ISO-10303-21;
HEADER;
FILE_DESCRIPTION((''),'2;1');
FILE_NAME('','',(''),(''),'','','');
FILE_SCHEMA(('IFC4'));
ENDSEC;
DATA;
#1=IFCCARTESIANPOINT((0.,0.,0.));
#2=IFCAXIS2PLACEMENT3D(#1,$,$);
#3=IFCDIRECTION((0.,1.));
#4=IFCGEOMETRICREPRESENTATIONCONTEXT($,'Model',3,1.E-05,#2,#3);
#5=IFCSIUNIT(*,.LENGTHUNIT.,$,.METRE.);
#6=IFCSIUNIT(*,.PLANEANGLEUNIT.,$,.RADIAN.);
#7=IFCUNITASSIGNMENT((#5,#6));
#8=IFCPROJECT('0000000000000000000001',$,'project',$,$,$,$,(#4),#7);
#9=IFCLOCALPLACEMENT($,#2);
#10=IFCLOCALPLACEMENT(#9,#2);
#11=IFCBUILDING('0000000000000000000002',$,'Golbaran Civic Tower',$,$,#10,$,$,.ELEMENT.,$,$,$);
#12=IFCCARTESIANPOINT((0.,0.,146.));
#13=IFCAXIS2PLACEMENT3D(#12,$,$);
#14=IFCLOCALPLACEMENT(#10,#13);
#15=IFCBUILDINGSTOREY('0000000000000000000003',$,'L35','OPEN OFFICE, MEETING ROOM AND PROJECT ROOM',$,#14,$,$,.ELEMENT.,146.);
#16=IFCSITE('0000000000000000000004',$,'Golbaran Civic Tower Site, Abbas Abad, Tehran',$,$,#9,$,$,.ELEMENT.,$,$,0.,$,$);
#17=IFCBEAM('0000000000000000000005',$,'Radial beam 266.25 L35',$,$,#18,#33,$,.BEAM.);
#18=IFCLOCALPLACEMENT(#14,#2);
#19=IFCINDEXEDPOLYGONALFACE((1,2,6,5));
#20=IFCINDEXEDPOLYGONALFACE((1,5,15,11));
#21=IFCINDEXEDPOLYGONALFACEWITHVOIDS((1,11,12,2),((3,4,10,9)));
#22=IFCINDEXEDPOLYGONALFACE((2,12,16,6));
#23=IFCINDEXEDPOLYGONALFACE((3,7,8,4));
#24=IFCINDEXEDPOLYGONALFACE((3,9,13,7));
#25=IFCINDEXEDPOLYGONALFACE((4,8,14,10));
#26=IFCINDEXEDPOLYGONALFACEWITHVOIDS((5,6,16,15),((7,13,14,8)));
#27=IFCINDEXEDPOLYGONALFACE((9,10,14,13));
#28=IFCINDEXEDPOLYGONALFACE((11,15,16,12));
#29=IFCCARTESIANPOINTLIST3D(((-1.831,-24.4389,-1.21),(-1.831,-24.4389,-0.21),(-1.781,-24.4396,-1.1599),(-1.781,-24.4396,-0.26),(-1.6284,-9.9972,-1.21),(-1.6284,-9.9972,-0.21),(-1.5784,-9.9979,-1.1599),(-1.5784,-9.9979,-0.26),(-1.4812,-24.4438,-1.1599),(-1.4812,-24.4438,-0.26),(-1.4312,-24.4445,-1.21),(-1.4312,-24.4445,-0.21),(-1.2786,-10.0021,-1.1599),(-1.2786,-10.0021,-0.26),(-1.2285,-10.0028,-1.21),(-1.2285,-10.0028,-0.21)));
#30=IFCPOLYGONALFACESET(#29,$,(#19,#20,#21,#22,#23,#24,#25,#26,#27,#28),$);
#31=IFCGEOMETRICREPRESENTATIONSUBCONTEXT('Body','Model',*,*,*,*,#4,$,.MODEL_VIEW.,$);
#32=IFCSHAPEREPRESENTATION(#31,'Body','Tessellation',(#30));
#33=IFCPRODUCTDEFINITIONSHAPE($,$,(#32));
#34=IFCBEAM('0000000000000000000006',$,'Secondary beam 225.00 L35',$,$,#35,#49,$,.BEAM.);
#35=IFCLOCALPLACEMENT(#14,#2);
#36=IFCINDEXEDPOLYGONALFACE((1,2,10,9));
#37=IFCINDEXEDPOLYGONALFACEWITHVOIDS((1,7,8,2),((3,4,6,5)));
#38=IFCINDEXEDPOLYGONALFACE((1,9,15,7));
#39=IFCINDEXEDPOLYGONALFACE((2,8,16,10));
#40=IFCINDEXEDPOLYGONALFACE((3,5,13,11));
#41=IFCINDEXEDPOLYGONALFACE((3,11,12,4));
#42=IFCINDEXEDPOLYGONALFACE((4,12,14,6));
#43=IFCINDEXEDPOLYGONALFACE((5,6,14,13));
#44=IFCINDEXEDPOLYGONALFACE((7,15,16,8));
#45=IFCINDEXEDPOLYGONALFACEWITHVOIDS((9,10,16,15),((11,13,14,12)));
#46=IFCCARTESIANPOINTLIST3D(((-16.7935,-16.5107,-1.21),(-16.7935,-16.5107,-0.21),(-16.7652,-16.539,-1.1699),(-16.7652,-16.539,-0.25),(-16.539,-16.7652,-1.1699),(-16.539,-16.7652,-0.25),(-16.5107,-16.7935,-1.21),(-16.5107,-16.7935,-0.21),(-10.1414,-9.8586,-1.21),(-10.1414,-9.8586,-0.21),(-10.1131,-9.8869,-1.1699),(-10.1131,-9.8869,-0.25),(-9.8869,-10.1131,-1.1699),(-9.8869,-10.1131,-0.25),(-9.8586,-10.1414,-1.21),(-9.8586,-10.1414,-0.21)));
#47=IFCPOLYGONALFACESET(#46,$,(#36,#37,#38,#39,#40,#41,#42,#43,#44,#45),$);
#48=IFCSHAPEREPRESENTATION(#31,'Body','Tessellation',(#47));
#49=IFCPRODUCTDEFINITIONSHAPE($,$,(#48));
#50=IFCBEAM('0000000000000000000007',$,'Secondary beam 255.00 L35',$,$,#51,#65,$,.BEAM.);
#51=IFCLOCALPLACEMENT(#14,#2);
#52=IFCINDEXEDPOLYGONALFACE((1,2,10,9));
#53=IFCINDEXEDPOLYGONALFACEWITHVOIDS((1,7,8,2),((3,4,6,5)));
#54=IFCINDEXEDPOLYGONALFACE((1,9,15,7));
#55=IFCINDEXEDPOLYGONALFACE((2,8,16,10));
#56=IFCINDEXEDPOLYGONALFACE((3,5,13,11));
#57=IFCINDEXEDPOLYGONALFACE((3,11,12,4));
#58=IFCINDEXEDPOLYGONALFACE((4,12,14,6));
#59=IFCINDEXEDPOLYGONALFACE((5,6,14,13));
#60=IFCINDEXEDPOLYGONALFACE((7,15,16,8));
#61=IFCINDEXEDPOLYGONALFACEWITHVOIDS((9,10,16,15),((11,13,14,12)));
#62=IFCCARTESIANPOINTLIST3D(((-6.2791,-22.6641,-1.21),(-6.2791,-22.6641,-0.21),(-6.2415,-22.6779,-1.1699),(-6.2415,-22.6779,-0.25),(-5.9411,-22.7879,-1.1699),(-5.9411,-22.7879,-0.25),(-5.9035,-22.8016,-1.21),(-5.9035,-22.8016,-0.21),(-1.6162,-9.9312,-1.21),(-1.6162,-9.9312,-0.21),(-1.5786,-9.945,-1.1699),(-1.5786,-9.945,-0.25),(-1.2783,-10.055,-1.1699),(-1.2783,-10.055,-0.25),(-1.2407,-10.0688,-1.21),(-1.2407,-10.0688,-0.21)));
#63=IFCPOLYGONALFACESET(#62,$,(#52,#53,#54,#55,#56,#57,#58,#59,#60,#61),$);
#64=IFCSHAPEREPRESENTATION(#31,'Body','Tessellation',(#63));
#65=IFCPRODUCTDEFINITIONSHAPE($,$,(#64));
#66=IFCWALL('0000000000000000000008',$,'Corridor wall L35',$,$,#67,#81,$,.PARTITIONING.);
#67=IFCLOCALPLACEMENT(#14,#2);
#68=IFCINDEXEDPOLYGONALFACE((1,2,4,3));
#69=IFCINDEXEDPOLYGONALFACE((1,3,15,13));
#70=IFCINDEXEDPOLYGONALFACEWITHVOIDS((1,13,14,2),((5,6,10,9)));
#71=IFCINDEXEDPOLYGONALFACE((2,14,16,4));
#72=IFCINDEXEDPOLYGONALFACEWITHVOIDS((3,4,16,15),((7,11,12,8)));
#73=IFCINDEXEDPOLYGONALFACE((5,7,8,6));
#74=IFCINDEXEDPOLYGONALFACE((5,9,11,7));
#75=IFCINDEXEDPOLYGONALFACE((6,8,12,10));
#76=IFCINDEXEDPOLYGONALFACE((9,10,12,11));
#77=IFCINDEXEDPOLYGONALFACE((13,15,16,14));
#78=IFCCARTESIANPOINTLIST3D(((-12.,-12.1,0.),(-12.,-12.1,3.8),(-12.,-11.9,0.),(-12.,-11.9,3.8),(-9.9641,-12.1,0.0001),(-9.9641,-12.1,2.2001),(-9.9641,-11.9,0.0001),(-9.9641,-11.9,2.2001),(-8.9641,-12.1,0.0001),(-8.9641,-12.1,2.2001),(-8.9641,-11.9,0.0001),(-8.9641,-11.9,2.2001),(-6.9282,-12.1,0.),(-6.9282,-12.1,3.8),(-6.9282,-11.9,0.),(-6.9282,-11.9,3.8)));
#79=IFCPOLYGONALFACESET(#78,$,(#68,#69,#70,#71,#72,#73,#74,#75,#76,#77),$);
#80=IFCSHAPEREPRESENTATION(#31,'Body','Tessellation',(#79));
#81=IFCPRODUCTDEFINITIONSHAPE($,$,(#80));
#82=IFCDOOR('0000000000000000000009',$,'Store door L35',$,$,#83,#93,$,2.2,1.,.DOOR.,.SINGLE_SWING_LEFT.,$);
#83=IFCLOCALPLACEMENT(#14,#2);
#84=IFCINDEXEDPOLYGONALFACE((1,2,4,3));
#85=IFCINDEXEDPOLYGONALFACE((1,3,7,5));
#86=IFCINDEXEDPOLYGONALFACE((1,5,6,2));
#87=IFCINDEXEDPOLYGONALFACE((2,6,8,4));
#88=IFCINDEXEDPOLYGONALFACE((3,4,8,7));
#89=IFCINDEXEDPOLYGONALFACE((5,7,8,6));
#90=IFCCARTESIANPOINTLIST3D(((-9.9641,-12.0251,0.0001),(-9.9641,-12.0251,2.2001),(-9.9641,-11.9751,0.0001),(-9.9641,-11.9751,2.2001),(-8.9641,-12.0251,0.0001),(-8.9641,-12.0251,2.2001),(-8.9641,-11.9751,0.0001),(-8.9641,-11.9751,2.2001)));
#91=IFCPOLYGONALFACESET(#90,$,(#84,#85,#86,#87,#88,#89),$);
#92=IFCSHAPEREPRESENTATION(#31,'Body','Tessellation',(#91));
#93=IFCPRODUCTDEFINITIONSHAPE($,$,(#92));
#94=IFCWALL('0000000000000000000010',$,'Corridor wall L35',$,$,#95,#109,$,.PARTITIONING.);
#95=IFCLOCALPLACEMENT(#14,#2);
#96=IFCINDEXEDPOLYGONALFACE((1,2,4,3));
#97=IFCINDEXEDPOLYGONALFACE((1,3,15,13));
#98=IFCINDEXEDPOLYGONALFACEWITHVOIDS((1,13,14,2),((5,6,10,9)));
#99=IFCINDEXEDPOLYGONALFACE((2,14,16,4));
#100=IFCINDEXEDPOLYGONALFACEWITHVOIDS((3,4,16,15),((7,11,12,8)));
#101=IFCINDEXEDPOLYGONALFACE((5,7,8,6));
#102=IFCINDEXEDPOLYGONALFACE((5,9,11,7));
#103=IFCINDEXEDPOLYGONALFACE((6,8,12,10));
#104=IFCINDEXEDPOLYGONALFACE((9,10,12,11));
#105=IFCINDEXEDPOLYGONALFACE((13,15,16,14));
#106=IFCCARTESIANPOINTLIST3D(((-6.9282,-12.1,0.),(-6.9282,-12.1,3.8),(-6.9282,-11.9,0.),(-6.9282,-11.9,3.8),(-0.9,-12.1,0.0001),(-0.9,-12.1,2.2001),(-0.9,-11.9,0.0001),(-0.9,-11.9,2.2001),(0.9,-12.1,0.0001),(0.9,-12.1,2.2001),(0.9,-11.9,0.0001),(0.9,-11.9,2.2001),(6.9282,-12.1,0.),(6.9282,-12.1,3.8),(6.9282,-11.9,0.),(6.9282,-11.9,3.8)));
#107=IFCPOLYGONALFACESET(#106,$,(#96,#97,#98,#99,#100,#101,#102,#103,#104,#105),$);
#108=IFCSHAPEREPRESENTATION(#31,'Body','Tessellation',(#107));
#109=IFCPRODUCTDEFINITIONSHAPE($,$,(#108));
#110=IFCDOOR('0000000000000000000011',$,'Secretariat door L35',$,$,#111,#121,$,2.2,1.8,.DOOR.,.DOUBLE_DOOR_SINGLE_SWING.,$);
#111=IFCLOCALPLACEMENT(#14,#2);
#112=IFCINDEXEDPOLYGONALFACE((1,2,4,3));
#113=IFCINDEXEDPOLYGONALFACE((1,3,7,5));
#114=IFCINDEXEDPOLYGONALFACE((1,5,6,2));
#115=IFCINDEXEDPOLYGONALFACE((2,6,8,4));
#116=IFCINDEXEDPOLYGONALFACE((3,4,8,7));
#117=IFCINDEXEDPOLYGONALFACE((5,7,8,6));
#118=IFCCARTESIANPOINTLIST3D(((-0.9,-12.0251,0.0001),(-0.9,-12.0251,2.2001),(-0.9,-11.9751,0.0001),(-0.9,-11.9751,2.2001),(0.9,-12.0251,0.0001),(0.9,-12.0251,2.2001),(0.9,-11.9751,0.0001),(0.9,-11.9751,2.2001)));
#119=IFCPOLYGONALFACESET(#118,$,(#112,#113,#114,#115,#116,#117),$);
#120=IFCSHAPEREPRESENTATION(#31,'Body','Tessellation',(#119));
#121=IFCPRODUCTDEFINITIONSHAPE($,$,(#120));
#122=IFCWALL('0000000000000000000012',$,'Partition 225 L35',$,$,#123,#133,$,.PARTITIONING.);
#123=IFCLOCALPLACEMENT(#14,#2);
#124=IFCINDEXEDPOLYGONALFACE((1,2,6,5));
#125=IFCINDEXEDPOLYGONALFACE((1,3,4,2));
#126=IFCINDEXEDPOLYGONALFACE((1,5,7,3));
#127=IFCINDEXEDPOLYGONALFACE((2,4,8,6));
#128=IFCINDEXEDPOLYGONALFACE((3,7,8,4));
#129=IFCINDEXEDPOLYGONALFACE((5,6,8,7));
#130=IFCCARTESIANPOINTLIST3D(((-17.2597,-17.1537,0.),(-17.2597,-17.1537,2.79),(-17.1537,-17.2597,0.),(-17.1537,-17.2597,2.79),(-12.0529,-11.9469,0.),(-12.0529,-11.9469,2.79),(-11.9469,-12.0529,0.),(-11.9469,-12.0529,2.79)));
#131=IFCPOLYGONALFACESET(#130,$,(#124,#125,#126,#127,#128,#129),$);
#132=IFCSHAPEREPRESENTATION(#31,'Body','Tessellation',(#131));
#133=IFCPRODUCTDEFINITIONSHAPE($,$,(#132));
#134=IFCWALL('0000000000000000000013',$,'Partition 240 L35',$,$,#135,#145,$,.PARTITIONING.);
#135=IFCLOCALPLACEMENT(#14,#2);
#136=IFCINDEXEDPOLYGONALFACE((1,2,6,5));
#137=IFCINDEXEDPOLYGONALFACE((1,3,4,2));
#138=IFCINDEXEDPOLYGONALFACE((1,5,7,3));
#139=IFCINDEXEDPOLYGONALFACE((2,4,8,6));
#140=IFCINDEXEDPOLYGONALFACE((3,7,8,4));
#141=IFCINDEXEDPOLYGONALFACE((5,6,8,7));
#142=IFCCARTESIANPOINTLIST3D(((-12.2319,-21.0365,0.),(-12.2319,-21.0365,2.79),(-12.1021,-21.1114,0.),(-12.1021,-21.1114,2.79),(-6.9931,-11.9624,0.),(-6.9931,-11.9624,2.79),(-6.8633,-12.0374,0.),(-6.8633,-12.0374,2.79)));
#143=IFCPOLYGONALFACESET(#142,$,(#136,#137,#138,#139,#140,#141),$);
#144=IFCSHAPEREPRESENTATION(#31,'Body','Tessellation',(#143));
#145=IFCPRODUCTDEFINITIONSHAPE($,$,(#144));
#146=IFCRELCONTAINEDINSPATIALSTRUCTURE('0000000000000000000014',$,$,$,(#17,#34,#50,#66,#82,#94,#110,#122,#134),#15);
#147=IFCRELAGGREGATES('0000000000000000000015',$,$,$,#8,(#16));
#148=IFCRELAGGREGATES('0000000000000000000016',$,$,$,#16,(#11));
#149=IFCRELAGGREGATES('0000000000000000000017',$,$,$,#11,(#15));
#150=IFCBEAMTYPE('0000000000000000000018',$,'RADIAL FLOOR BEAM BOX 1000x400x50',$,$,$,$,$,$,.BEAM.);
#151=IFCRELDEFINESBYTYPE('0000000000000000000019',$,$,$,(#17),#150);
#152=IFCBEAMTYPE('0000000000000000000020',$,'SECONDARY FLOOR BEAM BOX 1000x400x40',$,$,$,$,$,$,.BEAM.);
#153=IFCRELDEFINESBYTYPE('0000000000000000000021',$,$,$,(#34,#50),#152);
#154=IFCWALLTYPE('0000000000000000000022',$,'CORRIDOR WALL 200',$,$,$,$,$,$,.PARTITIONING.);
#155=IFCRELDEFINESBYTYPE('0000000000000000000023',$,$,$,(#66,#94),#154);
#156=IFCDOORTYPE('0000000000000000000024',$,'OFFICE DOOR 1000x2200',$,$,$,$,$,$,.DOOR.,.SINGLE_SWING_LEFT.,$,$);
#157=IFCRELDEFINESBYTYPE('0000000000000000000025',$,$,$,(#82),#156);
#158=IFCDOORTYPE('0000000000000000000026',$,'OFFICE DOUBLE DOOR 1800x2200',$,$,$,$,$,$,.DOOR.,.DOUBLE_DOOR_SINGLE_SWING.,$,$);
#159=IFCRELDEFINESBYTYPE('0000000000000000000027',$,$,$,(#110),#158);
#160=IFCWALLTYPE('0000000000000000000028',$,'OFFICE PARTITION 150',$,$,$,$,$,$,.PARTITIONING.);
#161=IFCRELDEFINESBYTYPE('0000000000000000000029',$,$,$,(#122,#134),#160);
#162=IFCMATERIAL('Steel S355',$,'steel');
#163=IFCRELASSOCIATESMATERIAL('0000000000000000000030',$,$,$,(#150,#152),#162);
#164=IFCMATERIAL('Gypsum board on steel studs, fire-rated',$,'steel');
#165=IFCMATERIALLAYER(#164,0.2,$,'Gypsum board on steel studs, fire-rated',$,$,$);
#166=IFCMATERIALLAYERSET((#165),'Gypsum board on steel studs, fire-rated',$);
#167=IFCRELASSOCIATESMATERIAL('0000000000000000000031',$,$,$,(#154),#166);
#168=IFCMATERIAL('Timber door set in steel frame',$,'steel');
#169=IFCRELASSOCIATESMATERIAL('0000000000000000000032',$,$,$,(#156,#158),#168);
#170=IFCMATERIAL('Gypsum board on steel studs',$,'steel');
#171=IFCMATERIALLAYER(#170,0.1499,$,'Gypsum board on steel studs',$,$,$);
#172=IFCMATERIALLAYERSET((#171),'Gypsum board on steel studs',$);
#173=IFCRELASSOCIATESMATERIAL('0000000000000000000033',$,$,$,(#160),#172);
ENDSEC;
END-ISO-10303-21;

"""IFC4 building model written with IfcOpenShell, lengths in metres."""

from ifc_helpers import new_model, si_unit, direction, frame, frame_2d, origin, origin_2d, place, context, subcontext, project, spatial, rectangle, hollow_rectangle, extrude, material, layer, layer_set, material_profile, profile_set, type_object, element, fill, save


model = new_model("IFC4")

# Units and contexts
model_context = context("Model", 3, precision=1e-05, world=origin(), true_north=direction((0.0, 1.0)))
body_context = subcontext(model_context, "Body", "Model", "MODEL_VIEW")
ifc_project = project(units=[si_unit("LENGTHUNIT", "METRE"), si_unit("PLANEANGLEUNIT", "RADIAN")], contexts=[model_context])

# Site, building, storey
site_placement = place(None, origin())
site = spatial("IfcSite", under=ifc_project, at=site_placement, Name="Golbaran Civic Tower Site, Abbas Abad, Tehran", CompositionType="ELEMENT", RefElevation=0.0)
building_placement = place(site_placement, origin())
building = spatial("IfcBuilding", under=site, at=building_placement, Name="Golbaran Civic Tower", CompositionType="ELEMENT")
storey_placement = place(building_placement, frame((0.0, 0.0, 146.0)))
storey = spatial("IfcBuildingStorey", under=building, at=storey_placement, Name="L35", Description="OPEN OFFICE, MEETING ROOM AND PROJECT ROOM", CompositionType="ELEMENT", Elevation=146.0)

# Beams
ifc_material_1 = material(Name="Steel S355", Category="steel")
ifc_material_profile_1 = material_profile(ifc_material_1, hollow_rectangle(XDim=0.3999, YDim=1.0, WallThickness=0.05, at=origin_2d()), Name="BOX 1000x400x50")
ifc_profile_set_1 = profile_set([ifc_material_profile_1], Name="Steel S355")
beam_type_1 = type_object("IfcBeamType", Name="RADIAL FLOOR BEAM BOX 1000x400x50", PredefinedType="BEAM", material=ifc_profile_set_1)
beam_1_placement = place(storey_placement, frame((-1.4285, -10.0, -0.71), z_axis=(-0.01403, -0.999902, 0.0), x_axis=(0.999902, -0.01403, 0.0)))
element("IfcBeam", 1, at=beam_1_placement, inside=storey, type_object=beam_type_1, Name="Radial beam 266.25 L35", PredefinedType="BEAM", context=body_context, shape_type="SweptSolid", body=[
    extrude(hollow_rectangle(XDim=0.3999, YDim=1.0, WallThickness=0.05, at=origin_2d()), origin(), (0.0, 0.0, 1.0), 14.4431),
])
ifc_material_profile_2 = material_profile(ifc_material_1, hollow_rectangle(XDim=0.3999, YDim=1.0, WallThickness=0.04, at=origin_2d()), Name="BOX 1000x400x40")
ifc_profile_set_2 = profile_set([ifc_material_profile_2], Name="Steel S355")
beam_type_2 = type_object("IfcBeamType", Name="SECONDARY FLOOR BEAM BOX 1000x400x40", PredefinedType="BEAM", material=ifc_profile_set_2)
beam_2_placement = place(storey_placement, frame((-10.0, -10.0, -0.71), z_axis=(-0.707107, -0.707107, 0.0), x_axis=(0.707107, -0.707107, 0.0)))
element("IfcBeam", 2, at=beam_2_placement, inside=storey, type_object=beam_type_2, Name="Secondary beam 225.00 L35", PredefinedType="BEAM", context=body_context, shape_type="SweptSolid", body=[
    extrude(hollow_rectangle(XDim=0.3999, YDim=1.0, WallThickness=0.04, at=origin_2d()), origin(), (0.0, 0.0, 1.0), 9.4075),
])
beam_3_placement = place(storey_placement, frame((-1.4285, -10.0, -0.71), z_axis=(-0.343872, -0.939017, 0.0), x_axis=(0.939017, -0.343872, 0.0)))
element("IfcBeam", 3, at=beam_3_placement, inside=storey, type_object=beam_type_2, Name="Secondary beam 255.00 L35", PredefinedType="BEAM", context=body_context, shape_type="SweptSolid", body=[
    extrude(hollow_rectangle(XDim=0.3999, YDim=1.0, WallThickness=0.04, at=origin_2d()), origin(), (0.0, 0.0, 1.0), 13.5598),
])

# Walls, openings, doors
ifc_material_2 = material(Name="Gypsum board on steel studs, fire-rated", Category="steel")
ifc_layer_1 = layer(ifc_material_2, 0.2, Name="Gypsum board on steel studs, fire-rated")
ifc_layer_set_1 = layer_set([ifc_layer_1], Name="Gypsum board on steel studs, fire-rated")
wall_type_1 = type_object("IfcWallType", Name="CORRIDOR WALL 200", PredefinedType="PARTITIONING", material=ifc_layer_set_1)
wall_1_placement = place(storey_placement, frame((-12.0, -12.0, 0.0), z_axis=(0.0, 0.0, 1.0), x_axis=(1.0, 0.0, 0.0)))
wall_1 = element("IfcWall", 4, at=wall_1_placement, inside=storey, type_object=wall_type_1, Name="Corridor wall L35", PredefinedType="PARTITIONING", context=body_context, shape_type="SweptSolid", body=[
    extrude(rectangle(XDim=5.0718, YDim=0.2, at=frame_2d((2.5359, 0.0))), origin(), (0.0, 0.0, 1.0), 3.8),
])
opening_1_placement = place(wall_1_placement, frame((2.0359, 0.0, 0.0)))
opening_1 = element("IfcOpeningElement", 5, at=opening_1_placement, cuts=wall_1, PredefinedType="OPENING", context=body_context, shape_type="SweptSolid", body=[
    extrude(rectangle(XDim=1.0, YDim=2.2, at=frame_2d((0.5, 1.1001))), frame((0.0, 0.1099, 0.0), z_axis=(0.0, -1.0, 0.0), x_axis=(1.0, 0.0, 0.0)), (0.0, 0.0, 1.0), 0.22),
])
ifc_material_3 = material(Name="Timber door set in steel frame", Category="steel")
door_type_1 = type_object("IfcDoorType", Name="OFFICE DOOR 1000x2200", OperationType="SINGLE_SWING_LEFT", PredefinedType="DOOR", material=ifc_material_3)
door_1_placement = place(opening_1_placement, origin())
door_1 = element("IfcDoor", 6, at=door_1_placement, inside=storey, type_object=door_type_1, Name="Store door L35", OperationType="SINGLE_SWING_LEFT", OverallHeight=2.2, OverallWidth=1.0, PredefinedType="DOOR", context=body_context, shape_type="SweptSolid", body=[
    extrude(rectangle(XDim=1.0, YDim=2.2, at=frame_2d((0.5, 1.1001))), frame((0.0, 0.0249, 0.0), z_axis=(0.0, -1.0, 0.0), x_axis=(1.0, 0.0, 0.0)), (0.0, 0.0, 1.0), 0.05),
])
fill(opening_1, door_1)
wall_2_placement = place(storey_placement, frame((-6.9282, -12.0, 0.0), z_axis=(0.0, 0.0, 1.0), x_axis=(1.0, 0.0, 0.0)))
wall_2 = element("IfcWall", 7, at=wall_2_placement, inside=storey, type_object=wall_type_1, Name="Corridor wall L35", PredefinedType="PARTITIONING", context=body_context, shape_type="SweptSolid", body=[
    extrude(rectangle(XDim=13.8564, YDim=0.2, at=frame_2d((6.9282, 0.0))), origin(), (0.0, 0.0, 1.0), 3.8),
])
opening_2_placement = place(wall_2_placement, frame((6.0283, 0.0, 0.0)))
opening_2 = element("IfcOpeningElement", 8, at=opening_2_placement, cuts=wall_2, PredefinedType="OPENING", context=body_context, shape_type="SweptSolid", body=[
    extrude(rectangle(XDim=1.8, YDim=2.2, at=frame_2d((0.8999, 1.1001))), frame((0.0, 0.1099, 0.0), z_axis=(0.0, -1.0, 0.0), x_axis=(1.0, 0.0, 0.0)), (0.0, 0.0, 1.0), 0.22),
])
door_type_2 = type_object("IfcDoorType", Name="OFFICE DOUBLE DOOR 1800x2200", OperationType="DOUBLE_DOOR_SINGLE_SWING", PredefinedType="DOOR", material=ifc_material_3)
door_2_placement = place(opening_2_placement, origin())
door_2 = element("IfcDoor", 9, at=door_2_placement, inside=storey, type_object=door_type_2, Name="Secretariat door L35", OperationType="DOUBLE_DOOR_SINGLE_SWING", OverallHeight=2.2, OverallWidth=1.8, PredefinedType="DOOR", context=body_context, shape_type="SweptSolid", body=[
    extrude(rectangle(XDim=1.8, YDim=2.2, at=frame_2d((0.8999, 1.1001))), frame((0.0, 0.0249, 0.0), z_axis=(0.0, -1.0, 0.0), x_axis=(1.0, 0.0, 0.0)), (0.0, 0.0, 1.0), 0.05),
])
fill(opening_2, door_2)

# Walls
ifc_material_4 = material(Name="Gypsum board on steel studs", Category="steel")
ifc_layer_2 = layer(ifc_material_4, 0.1499, Name="Gypsum board on steel studs")
ifc_layer_set_2 = layer_set([ifc_layer_2], Name="Gypsum board on steel studs")
wall_type_2 = type_object("IfcWallType", Name="OFFICE PARTITION 150", PredefinedType="PARTITIONING", material=ifc_layer_set_2)
wall_3_placement = place(storey_placement, frame((-12.0, -12.0, 0.0), z_axis=(0.0, 0.0, 1.0), x_axis=(-0.707107, -0.707107, 0.0)))
element("IfcWall", 10, at=wall_3_placement, inside=storey, type_object=wall_type_2, Name="Partition 225 L35", PredefinedType="PARTITIONING", context=body_context, shape_type="SweptSolid", body=[
    extrude(rectangle(XDim=7.3635, YDim=0.1499, at=frame_2d((3.6816, 0.0))), origin(), (0.0, 0.0, 1.0), 2.79),
])
wall_4_placement = place(storey_placement, frame((-6.9282, -12.0, 0.0), z_axis=(0.0, 0.0, 1.0), x_axis=(-0.499993, -0.866029, 0.0)))
element("IfcWall", 11, at=wall_4_placement, inside=storey, type_object=wall_type_2, Name="Partition 240 L35", PredefinedType="PARTITIONING", context=body_context, shape_type="SweptSolid", body=[
    extrude(rectangle(XDim=10.4778, YDim=0.1499, at=frame_2d((5.2388, 0.0))), origin(), (0.0, 0.0, 1.0), 2.79),
])

save(model, "model.ifc")
